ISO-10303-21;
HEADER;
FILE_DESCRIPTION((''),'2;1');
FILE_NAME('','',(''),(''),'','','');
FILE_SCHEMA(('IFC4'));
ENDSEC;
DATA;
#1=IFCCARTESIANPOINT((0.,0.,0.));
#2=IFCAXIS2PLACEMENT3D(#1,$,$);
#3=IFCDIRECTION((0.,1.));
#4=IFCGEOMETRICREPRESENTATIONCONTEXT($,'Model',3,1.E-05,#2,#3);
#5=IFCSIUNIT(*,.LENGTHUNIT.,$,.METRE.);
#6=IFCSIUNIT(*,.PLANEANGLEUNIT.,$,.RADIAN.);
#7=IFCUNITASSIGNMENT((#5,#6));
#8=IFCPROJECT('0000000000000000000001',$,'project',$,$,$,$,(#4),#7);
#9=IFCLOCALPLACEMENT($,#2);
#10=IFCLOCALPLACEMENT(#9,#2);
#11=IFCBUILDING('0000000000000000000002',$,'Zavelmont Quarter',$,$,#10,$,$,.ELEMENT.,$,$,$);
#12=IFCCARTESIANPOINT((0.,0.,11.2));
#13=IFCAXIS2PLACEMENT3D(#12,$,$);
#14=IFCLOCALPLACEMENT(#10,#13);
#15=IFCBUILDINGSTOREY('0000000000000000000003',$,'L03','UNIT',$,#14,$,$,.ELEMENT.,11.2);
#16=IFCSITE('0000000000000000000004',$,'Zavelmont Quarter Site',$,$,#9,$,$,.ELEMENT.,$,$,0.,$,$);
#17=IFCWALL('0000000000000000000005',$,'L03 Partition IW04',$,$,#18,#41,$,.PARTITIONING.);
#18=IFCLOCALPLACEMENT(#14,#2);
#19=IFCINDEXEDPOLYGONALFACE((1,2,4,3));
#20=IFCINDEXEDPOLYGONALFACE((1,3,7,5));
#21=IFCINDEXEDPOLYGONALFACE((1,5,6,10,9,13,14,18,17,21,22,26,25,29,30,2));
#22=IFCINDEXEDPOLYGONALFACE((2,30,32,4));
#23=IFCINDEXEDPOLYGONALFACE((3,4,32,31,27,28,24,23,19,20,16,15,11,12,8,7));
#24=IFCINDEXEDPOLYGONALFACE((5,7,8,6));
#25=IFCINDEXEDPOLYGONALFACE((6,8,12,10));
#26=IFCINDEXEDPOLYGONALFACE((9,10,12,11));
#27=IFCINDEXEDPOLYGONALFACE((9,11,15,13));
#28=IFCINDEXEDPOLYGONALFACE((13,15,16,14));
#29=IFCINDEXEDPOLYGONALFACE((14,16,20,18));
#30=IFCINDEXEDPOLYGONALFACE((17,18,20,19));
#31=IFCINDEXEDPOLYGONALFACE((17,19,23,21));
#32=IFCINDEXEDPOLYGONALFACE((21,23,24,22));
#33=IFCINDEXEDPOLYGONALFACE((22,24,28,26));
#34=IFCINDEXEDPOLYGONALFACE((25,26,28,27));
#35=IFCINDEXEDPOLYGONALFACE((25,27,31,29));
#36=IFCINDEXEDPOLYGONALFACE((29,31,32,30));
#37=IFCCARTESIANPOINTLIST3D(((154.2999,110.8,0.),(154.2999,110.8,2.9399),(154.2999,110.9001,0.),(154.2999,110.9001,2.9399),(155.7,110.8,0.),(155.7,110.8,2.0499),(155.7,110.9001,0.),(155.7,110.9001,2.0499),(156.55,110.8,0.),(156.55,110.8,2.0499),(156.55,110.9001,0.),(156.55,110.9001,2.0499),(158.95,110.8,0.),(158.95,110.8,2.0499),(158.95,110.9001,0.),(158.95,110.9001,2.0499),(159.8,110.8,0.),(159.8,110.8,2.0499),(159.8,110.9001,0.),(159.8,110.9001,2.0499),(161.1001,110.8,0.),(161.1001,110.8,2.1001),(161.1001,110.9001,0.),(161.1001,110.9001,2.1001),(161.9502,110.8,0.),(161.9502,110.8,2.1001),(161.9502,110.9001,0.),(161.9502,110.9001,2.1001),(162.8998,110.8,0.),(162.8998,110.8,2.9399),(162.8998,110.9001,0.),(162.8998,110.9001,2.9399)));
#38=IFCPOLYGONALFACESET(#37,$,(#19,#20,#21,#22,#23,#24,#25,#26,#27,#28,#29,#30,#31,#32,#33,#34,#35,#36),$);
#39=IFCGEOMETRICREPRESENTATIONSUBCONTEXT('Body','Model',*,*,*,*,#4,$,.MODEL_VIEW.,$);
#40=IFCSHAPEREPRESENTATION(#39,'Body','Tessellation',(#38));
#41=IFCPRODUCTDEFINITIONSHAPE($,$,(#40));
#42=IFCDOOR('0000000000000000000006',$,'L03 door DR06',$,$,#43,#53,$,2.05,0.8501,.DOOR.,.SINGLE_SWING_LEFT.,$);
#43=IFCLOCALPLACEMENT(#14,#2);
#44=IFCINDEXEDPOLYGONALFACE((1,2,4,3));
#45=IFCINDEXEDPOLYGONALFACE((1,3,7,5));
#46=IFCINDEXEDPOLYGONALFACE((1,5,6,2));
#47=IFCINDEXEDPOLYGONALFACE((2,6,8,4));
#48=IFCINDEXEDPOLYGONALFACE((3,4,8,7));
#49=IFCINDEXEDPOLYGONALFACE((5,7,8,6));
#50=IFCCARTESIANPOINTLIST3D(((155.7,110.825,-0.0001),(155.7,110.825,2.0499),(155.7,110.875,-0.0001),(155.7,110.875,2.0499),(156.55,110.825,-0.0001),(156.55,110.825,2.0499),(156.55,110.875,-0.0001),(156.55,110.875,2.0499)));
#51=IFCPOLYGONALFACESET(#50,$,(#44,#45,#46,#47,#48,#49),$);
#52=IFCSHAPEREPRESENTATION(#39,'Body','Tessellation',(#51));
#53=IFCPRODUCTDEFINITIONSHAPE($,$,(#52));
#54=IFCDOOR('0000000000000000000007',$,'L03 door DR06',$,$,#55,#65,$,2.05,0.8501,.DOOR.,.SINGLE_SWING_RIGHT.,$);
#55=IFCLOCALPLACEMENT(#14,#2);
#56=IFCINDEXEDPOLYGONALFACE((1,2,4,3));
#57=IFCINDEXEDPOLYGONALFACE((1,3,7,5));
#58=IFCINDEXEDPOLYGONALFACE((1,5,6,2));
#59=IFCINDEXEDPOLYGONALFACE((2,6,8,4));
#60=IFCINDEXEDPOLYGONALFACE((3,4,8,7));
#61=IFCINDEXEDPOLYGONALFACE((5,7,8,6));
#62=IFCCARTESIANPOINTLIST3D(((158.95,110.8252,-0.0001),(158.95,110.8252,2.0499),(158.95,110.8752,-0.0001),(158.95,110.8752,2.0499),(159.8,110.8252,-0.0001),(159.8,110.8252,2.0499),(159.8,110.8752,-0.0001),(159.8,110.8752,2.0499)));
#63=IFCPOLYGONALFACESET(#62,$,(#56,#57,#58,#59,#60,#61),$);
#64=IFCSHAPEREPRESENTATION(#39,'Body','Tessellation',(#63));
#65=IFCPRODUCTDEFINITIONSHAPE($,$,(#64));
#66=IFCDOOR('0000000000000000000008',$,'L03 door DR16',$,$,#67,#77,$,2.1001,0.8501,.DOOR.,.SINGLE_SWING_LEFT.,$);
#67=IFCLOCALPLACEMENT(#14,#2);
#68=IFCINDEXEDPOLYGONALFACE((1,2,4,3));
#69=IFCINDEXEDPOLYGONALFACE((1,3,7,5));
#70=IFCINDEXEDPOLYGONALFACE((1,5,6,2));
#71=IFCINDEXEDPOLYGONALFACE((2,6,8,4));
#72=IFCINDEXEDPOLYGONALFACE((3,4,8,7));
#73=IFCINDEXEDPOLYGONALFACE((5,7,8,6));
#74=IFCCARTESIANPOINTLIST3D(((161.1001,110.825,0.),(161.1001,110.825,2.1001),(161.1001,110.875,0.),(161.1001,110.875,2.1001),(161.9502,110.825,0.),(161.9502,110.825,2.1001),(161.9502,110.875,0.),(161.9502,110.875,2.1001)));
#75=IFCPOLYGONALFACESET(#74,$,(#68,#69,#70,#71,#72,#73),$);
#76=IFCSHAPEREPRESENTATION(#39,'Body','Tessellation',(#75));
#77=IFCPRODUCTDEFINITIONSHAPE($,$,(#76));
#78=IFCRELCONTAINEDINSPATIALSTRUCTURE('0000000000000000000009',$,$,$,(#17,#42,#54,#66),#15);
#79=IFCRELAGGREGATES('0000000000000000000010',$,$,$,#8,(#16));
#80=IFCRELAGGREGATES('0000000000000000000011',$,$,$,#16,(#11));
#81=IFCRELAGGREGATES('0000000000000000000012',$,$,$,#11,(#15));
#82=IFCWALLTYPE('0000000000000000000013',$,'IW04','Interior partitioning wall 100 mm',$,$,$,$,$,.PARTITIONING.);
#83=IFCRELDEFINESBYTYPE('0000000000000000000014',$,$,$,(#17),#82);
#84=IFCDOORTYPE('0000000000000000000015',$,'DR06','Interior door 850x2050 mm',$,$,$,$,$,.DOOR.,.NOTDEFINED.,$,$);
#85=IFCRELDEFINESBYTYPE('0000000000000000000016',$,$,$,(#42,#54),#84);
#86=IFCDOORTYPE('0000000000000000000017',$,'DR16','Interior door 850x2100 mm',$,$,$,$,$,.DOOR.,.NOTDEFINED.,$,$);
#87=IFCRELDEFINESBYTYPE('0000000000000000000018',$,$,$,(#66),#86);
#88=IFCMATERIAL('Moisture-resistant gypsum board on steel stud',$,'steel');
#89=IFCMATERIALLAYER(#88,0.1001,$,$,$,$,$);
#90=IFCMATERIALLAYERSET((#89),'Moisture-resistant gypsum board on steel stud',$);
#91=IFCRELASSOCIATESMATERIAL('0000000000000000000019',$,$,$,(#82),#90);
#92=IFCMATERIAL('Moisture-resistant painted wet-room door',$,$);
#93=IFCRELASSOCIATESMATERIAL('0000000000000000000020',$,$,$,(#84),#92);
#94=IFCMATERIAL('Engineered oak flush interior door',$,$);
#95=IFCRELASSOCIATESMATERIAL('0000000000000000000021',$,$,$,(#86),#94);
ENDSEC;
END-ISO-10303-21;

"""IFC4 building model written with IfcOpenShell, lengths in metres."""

from ifc_helpers import new_model, si_unit, direction, frame, frame_2d, origin, origin_with_axes, place, context, subcontext, project, spatial, rectangle, extrude, material, layer, layer_set, type_object, element, fill, save


model = new_model("IFC4")

# Units and contexts
model_context = context("Model", 3, precision=1e-05, world=origin(), true_north=direction((0.0, 1.0)))
body_context = subcontext(model_context, "Body", "Model", "MODEL_VIEW")
ifc_project = project(units=[si_unit("LENGTHUNIT", "METRE"), si_unit("PLANEANGLEUNIT", "RADIAN")], contexts=[model_context])

# Site, building, storey
site_placement = place(None, origin())
site = spatial("IfcSite", under=ifc_project, at=site_placement, Name="Zavelmont Quarter Site", CompositionType="ELEMENT", RefElevation=0.0)
building_placement = place(site_placement, origin())
building = spatial("IfcBuilding", under=site, at=building_placement, Name="Zavelmont Quarter", CompositionType="ELEMENT")
storey_placement = place(building_placement, frame((0.0, 0.0, 11.2)))
storey = spatial("IfcBuildingStorey", under=building, at=storey_placement, Name="L03", Description="UNIT", CompositionType="ELEMENT", Elevation=11.2)

# Shared definitions
ifc_material_1 = material(Name="Engineered oak flush interior door")

# Shared definitions
ifc_material_2 = material(Name="Moisture-resistant gypsum board on steel stud", Category="steel")
ifc_layer_1 = layer(ifc_material_2, 0.1001)
ifc_layer_set_1 = layer_set([ifc_layer_1], Name="Moisture-resistant gypsum board on steel stud")
wall_type_1 = type_object("IfcWallType", Name="IW04", Description="Interior partitioning wall 100 mm", PredefinedType="PARTITIONING", material=ifc_layer_set_1)

# Wall, openings, doors
wall_1_placement = place(storey_placement, frame((154.3, 110.8501, 0.0), z_axis=(0.0, 0.0, 1.0), x_axis=(1.0, 0.0, 0.0)))
wall_1 = element("IfcWall", 1, at=wall_1_placement, inside=storey, type_object=wall_type_1, Name="L03 Partition IW04", PredefinedType="PARTITIONING", context=body_context, shape_type="SweptSolid", body=[
    extrude(rectangle(XDim=8.5999, YDim=0.1001, at=frame_2d((4.2998, 0.0))), origin(), (0.0, 0.0, 1.0), 2.9399),
])
opening_1_placement = place(wall_1_placement, frame((1.3999, 0.0, 0.0)))
opening_1 = element("IfcOpeningElement", 2, at=opening_1_placement, cuts=wall_1, PredefinedType="OPENING", context=body_context, shape_type="SweptSolid", body=[
    extrude(rectangle(XDim=0.8501, YDim=2.05, at=frame_2d((0.425, 1.0249))), frame((0.0, 0.062, 0.0), z_axis=(0.0, -1.0, 0.0), x_axis=(1.0, 0.0, 0.0)), (0.0, 0.0, 1.0), 0.124),
])
opening_2_placement = place(wall_1_placement, frame((4.6499, 0.0, 0.0)))
opening_2 = element("IfcOpeningElement", 3, at=opening_2_placement, cuts=wall_1, PredefinedType="OPENING", context=body_context, shape_type="SweptSolid", body=[
    extrude(rectangle(XDim=0.8501, YDim=2.05, at=frame_2d((0.425, 1.0249))), frame((0.0, 0.062, 0.0), z_axis=(0.0, -1.0, 0.0), x_axis=(1.0, 0.0, 0.0)), (0.0, 0.0, 1.0), 0.124),
])
opening_3_placement = place(wall_1_placement, frame((6.8, 0.0, 0.0)))
opening_3 = element("IfcOpeningElement", 4, at=opening_3_placement, cuts=wall_1, PredefinedType="OPENING", context=body_context, shape_type="SweptSolid", body=[
    extrude(rectangle(XDim=0.8501, YDim=2.1001, at=frame_2d((0.425, 1.05))), frame((0.0, 0.062, 0.0), z_axis=(0.0, -1.0, 0.0), x_axis=(1.0, 0.0, 0.0)), (0.0, 0.0, 1.0), 0.124),
])
ifc_material_3 = material(Name="Moisture-resistant painted wet-room door")
door_type_1 = type_object("IfcDoorType", Name="DR06", Description="Interior door 850x2050 mm", OperationType="NOTDEFINED", PredefinedType="DOOR", material=ifc_material_3)
door_1_placement = place(opening_1_placement, origin_with_axes())
door_1 = element("IfcDoor", 5, at=door_1_placement, inside=storey, type_object=door_type_1, Name="L03 door DR06", OperationType="SINGLE_SWING_LEFT", OverallHeight=2.05, OverallWidth=0.8501, PredefinedType="DOOR", context=body_context, shape_type="SweptSolid", body=[
    extrude(rectangle(XDim=0.8501, YDim=2.05, at=frame_2d((0.425, 1.0249))), frame((0.0, 0.0249, 0.0), z_axis=(0.0, -1.0, 0.0), x_axis=(1.0, 0.0, 0.0)), (0.0, 0.0, 1.0), 0.05),
])
fill(opening_1, door_1)
door_2_placement = place(opening_2_placement, frame((0.8501, 0.0, 0.0), z_axis=(0.0, 0.0, 1.0), x_axis=(-1.0, 0.0, 0.0)))
door_2 = element("IfcDoor", 6, at=door_2_placement, inside=storey, type_object=door_type_1, Name="L03 door DR06", OperationType="SINGLE_SWING_RIGHT", OverallHeight=2.05, OverallWidth=0.8501, PredefinedType="DOOR", context=body_context, shape_type="SweptSolid", body=[
    extrude(rectangle(XDim=0.8501, YDim=2.05, at=frame_2d((0.425, 1.0249))), frame((0.0, 0.0249, 0.0), z_axis=(0.0, -1.0, 0.0), x_axis=(1.0, 0.0, 0.0)), (0.0, 0.0, 1.0), 0.05),
])
fill(opening_2, door_2)
door_type_2 = type_object("IfcDoorType", Name="DR16", Description="Interior door 850x2100 mm", OperationType="NOTDEFINED", PredefinedType="DOOR", material=ifc_material_1)
door_3_placement = place(opening_3_placement, origin_with_axes())
door_3 = element("IfcDoor", 7, at=door_3_placement, inside=storey, type_object=door_type_2, Name="L03 door DR16", OperationType="SINGLE_SWING_LEFT", OverallHeight=2.1001, OverallWidth=0.8501, PredefinedType="DOOR", context=body_context, shape_type="SweptSolid", body=[
    extrude(rectangle(XDim=0.8501, YDim=2.1001, at=frame_2d((0.425, 1.05))), frame((0.0, 0.0249, 0.0), z_axis=(0.0, -1.0, 0.0), x_axis=(1.0, 0.0, 0.0)), (0.0, 0.0, 1.0), 0.05),
])
fill(opening_3, door_3)

save(model, "model.ifc")
